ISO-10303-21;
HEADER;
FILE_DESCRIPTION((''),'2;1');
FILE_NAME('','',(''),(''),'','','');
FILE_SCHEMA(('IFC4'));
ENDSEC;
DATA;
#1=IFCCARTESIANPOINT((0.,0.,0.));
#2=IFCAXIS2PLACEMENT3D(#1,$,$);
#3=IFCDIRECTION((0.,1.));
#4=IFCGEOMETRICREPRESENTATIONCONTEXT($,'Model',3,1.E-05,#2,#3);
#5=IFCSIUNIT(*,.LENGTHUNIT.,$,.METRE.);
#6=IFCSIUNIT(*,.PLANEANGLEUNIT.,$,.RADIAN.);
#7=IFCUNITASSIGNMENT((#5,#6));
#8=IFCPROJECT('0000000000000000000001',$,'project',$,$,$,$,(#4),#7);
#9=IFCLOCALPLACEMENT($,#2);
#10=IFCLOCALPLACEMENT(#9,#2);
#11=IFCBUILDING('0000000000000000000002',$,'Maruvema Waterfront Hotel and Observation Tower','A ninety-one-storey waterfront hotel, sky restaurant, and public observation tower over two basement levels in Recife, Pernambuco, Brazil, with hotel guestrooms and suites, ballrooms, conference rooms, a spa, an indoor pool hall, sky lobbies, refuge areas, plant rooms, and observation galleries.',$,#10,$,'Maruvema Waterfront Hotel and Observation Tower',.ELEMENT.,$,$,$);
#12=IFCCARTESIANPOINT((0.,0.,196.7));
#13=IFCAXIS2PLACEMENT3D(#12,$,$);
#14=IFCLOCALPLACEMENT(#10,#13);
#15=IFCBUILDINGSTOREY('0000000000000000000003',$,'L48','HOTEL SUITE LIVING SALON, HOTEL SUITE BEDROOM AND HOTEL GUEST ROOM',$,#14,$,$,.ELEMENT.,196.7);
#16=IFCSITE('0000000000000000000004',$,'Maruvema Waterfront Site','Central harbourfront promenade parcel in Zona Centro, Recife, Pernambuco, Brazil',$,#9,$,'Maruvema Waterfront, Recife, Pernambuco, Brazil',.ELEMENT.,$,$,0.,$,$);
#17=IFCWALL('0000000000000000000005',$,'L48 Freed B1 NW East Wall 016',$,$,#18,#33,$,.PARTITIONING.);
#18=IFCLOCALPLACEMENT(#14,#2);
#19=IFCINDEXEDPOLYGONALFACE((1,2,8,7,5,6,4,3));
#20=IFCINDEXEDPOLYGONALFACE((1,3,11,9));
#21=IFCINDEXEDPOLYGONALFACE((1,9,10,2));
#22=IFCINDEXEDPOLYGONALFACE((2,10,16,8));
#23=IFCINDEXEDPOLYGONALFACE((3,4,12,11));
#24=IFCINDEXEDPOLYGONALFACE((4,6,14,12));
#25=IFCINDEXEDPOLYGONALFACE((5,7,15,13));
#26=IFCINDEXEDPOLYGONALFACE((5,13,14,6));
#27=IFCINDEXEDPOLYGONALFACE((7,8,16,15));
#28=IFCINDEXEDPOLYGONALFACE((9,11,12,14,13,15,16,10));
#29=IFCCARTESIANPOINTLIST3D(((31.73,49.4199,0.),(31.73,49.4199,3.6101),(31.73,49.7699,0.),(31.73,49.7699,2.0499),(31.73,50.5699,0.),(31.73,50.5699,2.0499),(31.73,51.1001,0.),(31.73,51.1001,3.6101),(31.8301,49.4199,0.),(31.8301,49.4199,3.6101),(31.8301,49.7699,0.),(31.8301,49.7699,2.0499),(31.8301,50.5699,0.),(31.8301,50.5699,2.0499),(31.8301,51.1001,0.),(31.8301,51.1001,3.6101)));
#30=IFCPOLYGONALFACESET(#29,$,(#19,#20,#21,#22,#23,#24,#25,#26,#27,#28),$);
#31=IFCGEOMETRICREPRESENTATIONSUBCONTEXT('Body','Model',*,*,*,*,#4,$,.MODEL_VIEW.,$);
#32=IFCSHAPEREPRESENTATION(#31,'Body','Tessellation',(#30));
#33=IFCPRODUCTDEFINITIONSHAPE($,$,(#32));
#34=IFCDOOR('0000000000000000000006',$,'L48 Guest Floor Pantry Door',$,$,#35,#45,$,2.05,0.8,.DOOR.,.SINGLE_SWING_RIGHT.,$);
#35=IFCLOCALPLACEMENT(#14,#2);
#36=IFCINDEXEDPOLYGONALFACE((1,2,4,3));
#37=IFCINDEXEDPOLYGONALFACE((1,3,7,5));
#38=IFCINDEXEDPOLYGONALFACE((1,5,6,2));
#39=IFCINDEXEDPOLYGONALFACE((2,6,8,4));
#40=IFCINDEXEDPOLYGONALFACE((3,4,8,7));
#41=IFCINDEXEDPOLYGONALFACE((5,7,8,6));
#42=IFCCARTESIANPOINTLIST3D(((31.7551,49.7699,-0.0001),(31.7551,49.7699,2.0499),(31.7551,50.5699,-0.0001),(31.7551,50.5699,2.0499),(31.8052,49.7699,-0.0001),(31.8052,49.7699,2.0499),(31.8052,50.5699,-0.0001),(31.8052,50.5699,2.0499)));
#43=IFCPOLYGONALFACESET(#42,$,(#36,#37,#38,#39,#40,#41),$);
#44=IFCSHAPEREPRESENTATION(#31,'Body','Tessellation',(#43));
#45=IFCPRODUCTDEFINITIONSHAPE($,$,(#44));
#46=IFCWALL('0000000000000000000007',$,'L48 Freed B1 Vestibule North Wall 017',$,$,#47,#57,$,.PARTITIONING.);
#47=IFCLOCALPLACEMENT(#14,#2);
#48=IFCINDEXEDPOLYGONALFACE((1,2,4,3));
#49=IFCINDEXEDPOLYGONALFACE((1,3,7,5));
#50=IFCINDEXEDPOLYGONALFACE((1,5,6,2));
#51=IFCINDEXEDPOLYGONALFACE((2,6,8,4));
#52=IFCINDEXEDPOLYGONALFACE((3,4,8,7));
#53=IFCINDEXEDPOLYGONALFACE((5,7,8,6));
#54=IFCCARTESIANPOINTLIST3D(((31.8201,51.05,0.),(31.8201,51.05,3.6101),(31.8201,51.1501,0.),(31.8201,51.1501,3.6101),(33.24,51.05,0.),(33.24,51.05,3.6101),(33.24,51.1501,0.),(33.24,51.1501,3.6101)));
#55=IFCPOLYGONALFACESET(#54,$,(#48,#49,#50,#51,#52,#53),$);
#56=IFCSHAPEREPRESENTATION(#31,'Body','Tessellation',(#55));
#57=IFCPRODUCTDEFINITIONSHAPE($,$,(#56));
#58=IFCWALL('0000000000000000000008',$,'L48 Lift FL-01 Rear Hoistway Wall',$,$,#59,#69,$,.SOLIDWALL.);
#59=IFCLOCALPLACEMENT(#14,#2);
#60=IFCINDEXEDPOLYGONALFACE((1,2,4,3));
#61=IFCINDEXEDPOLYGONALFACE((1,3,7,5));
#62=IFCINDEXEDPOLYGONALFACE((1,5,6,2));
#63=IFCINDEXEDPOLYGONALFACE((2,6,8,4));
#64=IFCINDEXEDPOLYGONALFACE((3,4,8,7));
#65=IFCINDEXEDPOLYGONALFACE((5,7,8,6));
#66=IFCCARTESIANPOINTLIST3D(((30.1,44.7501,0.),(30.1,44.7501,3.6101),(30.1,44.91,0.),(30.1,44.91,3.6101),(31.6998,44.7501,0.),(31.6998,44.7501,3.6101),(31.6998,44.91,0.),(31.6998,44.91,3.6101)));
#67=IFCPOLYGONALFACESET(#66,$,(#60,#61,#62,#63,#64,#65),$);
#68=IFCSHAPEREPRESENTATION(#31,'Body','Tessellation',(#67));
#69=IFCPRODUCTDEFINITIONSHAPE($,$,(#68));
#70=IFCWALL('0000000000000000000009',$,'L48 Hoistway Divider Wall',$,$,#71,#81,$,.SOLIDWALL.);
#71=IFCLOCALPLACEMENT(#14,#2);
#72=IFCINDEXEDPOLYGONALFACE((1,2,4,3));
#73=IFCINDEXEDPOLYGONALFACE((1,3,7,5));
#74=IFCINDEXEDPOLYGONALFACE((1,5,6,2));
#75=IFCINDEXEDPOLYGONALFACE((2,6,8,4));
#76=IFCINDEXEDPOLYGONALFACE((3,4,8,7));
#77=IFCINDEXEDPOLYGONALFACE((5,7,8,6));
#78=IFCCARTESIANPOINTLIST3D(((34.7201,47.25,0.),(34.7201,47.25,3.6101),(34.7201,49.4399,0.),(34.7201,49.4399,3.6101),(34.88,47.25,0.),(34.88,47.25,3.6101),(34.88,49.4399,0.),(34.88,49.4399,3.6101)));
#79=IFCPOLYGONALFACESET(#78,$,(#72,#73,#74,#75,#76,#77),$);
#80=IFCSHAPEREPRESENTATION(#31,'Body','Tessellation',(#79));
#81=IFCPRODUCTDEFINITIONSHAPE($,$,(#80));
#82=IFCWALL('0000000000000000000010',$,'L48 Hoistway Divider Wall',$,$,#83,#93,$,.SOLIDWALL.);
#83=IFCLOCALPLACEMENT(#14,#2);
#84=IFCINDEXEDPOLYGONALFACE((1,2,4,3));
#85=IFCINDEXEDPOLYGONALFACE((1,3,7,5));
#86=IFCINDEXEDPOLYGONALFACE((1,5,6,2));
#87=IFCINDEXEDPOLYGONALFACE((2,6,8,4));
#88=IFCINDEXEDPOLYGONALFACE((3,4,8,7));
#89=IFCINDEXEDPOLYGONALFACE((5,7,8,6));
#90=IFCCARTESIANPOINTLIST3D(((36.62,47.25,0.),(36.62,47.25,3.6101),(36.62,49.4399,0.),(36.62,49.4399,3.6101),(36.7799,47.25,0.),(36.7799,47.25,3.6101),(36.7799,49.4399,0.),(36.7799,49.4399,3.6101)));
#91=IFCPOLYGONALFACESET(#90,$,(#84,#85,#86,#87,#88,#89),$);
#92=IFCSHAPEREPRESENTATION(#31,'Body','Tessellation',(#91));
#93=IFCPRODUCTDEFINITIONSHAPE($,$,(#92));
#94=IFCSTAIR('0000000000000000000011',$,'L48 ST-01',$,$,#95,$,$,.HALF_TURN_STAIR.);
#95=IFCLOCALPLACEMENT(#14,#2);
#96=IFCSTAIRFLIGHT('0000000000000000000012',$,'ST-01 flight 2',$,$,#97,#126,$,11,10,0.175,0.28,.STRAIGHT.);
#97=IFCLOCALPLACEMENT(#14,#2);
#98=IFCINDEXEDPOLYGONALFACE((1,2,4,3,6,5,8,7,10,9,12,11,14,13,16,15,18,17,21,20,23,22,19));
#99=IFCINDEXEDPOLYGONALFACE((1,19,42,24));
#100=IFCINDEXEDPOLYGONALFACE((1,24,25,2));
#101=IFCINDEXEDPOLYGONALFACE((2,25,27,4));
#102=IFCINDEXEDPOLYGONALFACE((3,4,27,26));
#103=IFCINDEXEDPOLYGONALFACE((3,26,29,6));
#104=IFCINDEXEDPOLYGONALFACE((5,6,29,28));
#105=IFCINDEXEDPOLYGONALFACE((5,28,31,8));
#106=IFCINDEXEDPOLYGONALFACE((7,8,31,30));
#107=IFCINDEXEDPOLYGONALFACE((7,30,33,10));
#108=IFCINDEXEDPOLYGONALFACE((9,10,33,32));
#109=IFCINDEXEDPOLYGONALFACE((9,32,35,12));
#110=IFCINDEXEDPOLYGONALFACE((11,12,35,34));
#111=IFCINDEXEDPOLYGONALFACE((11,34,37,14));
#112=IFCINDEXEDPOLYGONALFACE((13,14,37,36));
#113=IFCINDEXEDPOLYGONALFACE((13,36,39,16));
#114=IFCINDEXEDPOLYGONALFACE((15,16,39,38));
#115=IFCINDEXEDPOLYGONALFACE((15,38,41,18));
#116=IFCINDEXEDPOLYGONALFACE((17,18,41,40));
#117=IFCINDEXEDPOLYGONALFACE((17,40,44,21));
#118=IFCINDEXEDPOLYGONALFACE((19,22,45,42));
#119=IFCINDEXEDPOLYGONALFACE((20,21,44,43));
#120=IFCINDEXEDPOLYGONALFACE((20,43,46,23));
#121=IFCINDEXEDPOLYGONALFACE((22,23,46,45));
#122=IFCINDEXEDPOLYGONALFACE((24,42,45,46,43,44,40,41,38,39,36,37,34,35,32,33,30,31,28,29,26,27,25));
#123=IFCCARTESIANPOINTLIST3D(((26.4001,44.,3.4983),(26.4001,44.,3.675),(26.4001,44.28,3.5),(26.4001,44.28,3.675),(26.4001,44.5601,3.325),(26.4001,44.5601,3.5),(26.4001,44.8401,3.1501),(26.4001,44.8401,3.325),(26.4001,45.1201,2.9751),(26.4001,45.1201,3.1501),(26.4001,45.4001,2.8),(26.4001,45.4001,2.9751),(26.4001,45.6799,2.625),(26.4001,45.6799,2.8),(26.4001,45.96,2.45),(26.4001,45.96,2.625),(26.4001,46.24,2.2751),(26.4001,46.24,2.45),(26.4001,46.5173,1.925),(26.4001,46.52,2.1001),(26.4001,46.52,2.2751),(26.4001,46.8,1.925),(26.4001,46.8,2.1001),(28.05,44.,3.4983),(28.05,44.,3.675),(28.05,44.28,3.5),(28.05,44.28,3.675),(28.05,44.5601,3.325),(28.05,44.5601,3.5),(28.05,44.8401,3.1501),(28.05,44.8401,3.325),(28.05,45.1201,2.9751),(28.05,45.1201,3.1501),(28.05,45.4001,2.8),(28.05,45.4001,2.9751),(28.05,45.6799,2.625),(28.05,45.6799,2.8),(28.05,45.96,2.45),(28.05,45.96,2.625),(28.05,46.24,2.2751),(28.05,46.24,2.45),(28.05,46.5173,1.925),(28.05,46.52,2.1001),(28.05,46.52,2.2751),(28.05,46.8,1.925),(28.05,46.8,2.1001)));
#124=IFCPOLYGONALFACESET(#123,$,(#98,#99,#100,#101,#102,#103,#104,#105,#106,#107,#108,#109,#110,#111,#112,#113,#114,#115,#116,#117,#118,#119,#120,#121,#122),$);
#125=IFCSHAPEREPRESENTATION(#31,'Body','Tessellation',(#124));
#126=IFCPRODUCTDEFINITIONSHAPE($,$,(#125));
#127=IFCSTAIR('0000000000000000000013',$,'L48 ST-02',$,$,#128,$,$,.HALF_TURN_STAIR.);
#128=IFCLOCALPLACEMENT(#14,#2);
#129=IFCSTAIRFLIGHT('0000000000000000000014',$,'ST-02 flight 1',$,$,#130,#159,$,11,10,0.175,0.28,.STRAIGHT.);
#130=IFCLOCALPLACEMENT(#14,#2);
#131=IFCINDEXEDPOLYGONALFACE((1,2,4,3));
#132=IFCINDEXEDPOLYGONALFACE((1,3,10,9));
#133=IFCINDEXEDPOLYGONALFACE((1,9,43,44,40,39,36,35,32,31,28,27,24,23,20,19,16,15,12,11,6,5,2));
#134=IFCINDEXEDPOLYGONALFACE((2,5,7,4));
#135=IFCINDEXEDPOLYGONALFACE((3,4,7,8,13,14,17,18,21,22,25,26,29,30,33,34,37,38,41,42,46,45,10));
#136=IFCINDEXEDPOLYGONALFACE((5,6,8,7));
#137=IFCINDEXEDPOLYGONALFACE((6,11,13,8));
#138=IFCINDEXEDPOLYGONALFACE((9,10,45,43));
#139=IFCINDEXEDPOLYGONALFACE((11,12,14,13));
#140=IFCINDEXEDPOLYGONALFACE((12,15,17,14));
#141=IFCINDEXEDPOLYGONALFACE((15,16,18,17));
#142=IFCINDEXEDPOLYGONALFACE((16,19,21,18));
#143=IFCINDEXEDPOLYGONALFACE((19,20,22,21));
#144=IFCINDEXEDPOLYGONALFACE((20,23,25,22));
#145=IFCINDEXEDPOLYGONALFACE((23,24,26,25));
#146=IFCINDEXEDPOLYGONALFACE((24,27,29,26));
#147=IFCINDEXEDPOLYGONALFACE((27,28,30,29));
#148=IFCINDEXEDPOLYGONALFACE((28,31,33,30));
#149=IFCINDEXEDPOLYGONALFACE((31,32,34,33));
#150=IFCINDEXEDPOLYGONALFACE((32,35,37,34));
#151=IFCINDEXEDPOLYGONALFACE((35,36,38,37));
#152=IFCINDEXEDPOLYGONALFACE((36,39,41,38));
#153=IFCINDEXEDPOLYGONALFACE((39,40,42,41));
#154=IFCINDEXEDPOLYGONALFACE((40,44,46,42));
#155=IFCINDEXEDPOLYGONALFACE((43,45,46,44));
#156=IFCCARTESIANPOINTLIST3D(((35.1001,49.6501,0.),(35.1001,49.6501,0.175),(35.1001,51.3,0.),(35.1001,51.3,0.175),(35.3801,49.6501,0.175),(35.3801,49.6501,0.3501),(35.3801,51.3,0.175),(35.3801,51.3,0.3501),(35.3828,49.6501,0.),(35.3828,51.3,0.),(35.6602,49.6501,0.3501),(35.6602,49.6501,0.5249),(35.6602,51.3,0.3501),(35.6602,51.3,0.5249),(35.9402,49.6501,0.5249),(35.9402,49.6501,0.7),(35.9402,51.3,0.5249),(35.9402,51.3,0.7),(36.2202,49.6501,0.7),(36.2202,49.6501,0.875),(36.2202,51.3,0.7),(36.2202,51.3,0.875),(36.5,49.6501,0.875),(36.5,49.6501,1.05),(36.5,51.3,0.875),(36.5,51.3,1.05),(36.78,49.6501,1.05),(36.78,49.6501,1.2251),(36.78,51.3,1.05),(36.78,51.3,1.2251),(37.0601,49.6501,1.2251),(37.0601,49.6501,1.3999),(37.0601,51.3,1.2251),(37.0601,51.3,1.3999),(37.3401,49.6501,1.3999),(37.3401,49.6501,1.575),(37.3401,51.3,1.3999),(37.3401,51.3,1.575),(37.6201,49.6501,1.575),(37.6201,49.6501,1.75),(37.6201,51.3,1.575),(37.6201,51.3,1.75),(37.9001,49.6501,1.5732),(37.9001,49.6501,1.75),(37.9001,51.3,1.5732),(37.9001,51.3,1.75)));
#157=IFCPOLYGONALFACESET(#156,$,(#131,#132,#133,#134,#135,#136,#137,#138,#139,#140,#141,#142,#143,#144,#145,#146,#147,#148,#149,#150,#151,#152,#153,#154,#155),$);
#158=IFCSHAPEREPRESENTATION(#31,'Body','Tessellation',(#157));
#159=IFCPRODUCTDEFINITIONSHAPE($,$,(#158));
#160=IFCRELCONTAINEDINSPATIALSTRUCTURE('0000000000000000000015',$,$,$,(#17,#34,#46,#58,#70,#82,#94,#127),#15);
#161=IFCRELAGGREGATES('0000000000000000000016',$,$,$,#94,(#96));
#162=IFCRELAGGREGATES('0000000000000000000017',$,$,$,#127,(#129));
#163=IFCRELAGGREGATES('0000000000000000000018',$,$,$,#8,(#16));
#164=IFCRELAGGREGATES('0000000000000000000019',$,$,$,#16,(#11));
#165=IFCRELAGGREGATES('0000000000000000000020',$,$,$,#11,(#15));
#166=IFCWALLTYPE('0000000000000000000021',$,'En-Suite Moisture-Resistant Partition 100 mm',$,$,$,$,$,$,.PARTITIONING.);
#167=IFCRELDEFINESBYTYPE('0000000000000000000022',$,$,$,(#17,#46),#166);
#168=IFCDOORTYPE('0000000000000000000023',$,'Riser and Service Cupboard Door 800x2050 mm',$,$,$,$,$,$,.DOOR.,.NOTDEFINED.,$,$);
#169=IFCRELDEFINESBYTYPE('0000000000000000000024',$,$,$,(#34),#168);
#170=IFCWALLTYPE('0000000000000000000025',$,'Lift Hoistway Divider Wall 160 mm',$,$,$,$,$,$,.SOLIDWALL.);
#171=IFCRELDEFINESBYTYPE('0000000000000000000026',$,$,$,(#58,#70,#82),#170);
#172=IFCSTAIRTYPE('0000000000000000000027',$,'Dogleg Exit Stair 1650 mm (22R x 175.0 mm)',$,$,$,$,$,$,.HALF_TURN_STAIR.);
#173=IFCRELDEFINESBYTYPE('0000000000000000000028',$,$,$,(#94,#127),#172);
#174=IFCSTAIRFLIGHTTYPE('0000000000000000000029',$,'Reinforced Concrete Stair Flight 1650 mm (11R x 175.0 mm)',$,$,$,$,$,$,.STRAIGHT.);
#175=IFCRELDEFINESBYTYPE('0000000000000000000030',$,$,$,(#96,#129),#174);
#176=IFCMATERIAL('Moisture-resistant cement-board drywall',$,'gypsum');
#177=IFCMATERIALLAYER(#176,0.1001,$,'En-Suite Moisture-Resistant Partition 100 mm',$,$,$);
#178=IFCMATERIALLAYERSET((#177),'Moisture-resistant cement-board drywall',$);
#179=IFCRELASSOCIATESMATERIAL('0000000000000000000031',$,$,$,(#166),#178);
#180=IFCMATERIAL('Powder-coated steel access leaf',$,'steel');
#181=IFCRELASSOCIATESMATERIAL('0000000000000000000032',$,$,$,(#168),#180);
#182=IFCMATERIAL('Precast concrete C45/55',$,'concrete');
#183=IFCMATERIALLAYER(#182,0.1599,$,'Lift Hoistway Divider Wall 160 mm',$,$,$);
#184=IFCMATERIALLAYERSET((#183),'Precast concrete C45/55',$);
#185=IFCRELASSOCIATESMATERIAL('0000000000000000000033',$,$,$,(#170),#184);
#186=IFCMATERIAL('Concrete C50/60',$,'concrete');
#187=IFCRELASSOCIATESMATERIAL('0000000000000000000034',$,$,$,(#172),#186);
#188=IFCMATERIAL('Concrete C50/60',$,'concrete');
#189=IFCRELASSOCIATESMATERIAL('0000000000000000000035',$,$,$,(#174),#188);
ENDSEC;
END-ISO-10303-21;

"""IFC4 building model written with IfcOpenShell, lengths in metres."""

from ifc_helpers import new_model, si_unit, direction, frame, frame_2d, origin, place, context, subcontext, project, spatial, polyline, rectangle, outline, extrude, material, layer, layer_set, type_object, element, fill, aggregate, save


model = new_model("IFC4")

# Units and contexts
model_context = context("Model", 3, precision=1e-05, world=origin(), true_north=direction((0.0, 1.0)))
body_context = subcontext(model_context, "Body", "Model", "MODEL_VIEW")
ifc_project = project(units=[si_unit("LENGTHUNIT", "METRE"), si_unit("PLANEANGLEUNIT", "RADIAN")], contexts=[model_context])

# Site, building, storey
site_placement = place(None, origin())
site = spatial("IfcSite", under=ifc_project, at=site_placement, Name="Maruvema Waterfront Site", Description="Central harbourfront promenade parcel in Zona Centro, Recife, Pernambuco, Brazil", LongName="Maruvema Waterfront, Recife, Pernambuco, Brazil", CompositionType="ELEMENT", RefElevation=0.0)
building_placement = place(site_placement, origin())
building = spatial("IfcBuilding", under=site, at=building_placement, Name="Maruvema Waterfront Hotel and Observation Tower", Description="A ninety-one-storey waterfront hotel, sky restaurant, and public observation tower over two basement levels in Recife, Pernambuco, Brazil, with hotel guestrooms and suites, ballrooms, conference rooms, a spa, an indoor pool hall, sky lobbies, refuge areas, plant rooms, and observation galleries.", LongName="Maruvema Waterfront Hotel and Observation Tower", CompositionType="ELEMENT")
storey_placement = place(building_placement, frame((0.0, 0.0, 196.7)))
storey = spatial("IfcBuildingStorey", under=building, at=storey_placement, Name="L48", Description="HOTEL SUITE LIVING SALON, HOTEL SUITE BEDROOM AND HOTEL GUEST ROOM", CompositionType="ELEMENT", Elevation=196.7)

# Shared definitions
ifc_material_1 = material(Name="Moisture-resistant cement-board drywall", Category="gypsum")
ifc_layer_1 = layer(ifc_material_1, 0.1001, Name="En-Suite Moisture-Resistant Partition 100 mm")
ifc_layer_set_1 = layer_set([ifc_layer_1], Name="Moisture-resistant cement-board drywall")
wall_type_1 = type_object("IfcWallType", Name="En-Suite Moisture-Resistant Partition 100 mm", PredefinedType="PARTITIONING", material=ifc_layer_set_1)

# Shared definitions
ifc_material_2 = material(Name="Powder-coated steel access leaf", Category="steel")
door_type_1 = type_object("IfcDoorType", Name="Riser and Service Cupboard Door 800x2050 mm", OperationType="NOTDEFINED", PredefinedType="DOOR", material=ifc_material_2)

# Wall, opening, door
wall_1_placement = place(storey_placement, frame((31.78, 49.4199, 0.0), z_axis=(0.0, 0.0, 1.0), x_axis=(0.0, 1.0, 0.0)))
wall_1 = element("IfcWall", 1, at=wall_1_placement, inside=storey, type_object=wall_type_1, Name="L48 Freed B1 NW East Wall 016", PredefinedType="PARTITIONING", context=body_context, shape_type="SweptSolid", body=[
    extrude(rectangle(XDim=1.6802, YDim=0.1001, at=frame_2d((0.8401, 0.0))), origin(), (0.0, 0.0, 1.0), 3.6101),
])
opening_1_placement = place(wall_1_placement, frame((0.3501, 0.0, 0.0)))
opening_1 = element("IfcOpeningElement", 2, at=opening_1_placement, cuts=wall_1, PredefinedType="OPENING", context=body_context, shape_type="SweptSolid", body=[
    extrude(rectangle(XDim=0.8, YDim=2.05, at=frame_2d((0.3999, 1.0249))), frame((0.0, 0.0601, 0.0), z_axis=(0.0, -1.0, 0.0), x_axis=(1.0, 0.0, 0.0)), (0.0, 0.0, 1.0), 0.1201),
])
door_1_placement = place(opening_1_placement, origin())
door_1 = element("IfcDoor", 3, at=door_1_placement, inside=storey, type_object=door_type_1, Name="L48 Guest Floor Pantry Door", OperationType="SINGLE_SWING_RIGHT", OverallHeight=2.05, OverallWidth=0.8, PredefinedType="DOOR", context=body_context, shape_type="SweptSolid", body=[
    extrude(rectangle(XDim=0.8, YDim=2.05, at=frame_2d((0.3999, 1.0249))), frame((0.0, 0.0249, 0.0), z_axis=(0.0, -1.0, 0.0), x_axis=(1.0, 0.0, 0.0)), (0.0, 0.0, 1.0), 0.05),
])
fill(opening_1, door_1)

# Walls
wall_2_placement = place(storey_placement, frame((31.8201, 51.1001, 0.0), z_axis=(0.0, 0.0, 1.0), x_axis=(1.0, 0.0, 0.0)))
element("IfcWall", 4, at=wall_2_placement, inside=storey, type_object=wall_type_1, Name="L48 Freed B1 Vestibule North Wall 017", PredefinedType="PARTITIONING", context=body_context, shape_type="SweptSolid", body=[
    extrude(rectangle(XDim=1.4199, YDim=0.1001, at=frame_2d((0.71, 0.0))), origin(), (0.0, 0.0, 1.0), 3.6101),
])
ifc_material_3 = material(Name="Precast concrete C45/55", Category="concrete")
ifc_layer_2 = layer(ifc_material_3, 0.1599, Name="Lift Hoistway Divider Wall 160 mm")
ifc_layer_set_2 = layer_set([ifc_layer_2], Name="Precast concrete C45/55")
wall_type_2 = type_object("IfcWallType", Name="Lift Hoistway Divider Wall 160 mm", PredefinedType="SOLIDWALL", material=ifc_layer_set_2)
wall_3_placement = place(storey_placement, frame((30.1001, 44.8301, 0.0), z_axis=(0.0, 0.0, 1.0), x_axis=(1.0, 0.0, 0.0)))
element("IfcWall", 5, at=wall_3_placement, inside=storey, type_object=wall_type_2, Name="L48 Lift FL-01 Rear Hoistway Wall", PredefinedType="SOLIDWALL", context=body_context, shape_type="SweptSolid", body=[
    extrude(rectangle(XDim=1.5999, YDim=0.1599, at=frame_2d((0.7998, 0.0))), origin(), (0.0, 0.0, 1.0), 3.6101),
])
for number, where, z_axis, x_axis, name in (
    (6, (34.8, 47.25, 0.0), (0.0, 0.0, 1.0), (0.0, 1.0, 0.0), "L48 Hoistway Divider Wall"),
    (7, (36.7, 47.25, 0.0), (0.0, 0.0, 1.0), (0.0, 1.0, 0.0), "L48 Hoistway Divider Wall"),
):
    element("IfcWall", number, at=place(storey_placement, frame(where, z_axis=z_axis, x_axis=x_axis)), inside=storey, type_object=wall_type_2, Name=name, PredefinedType="SOLIDWALL", context=body_context, shape_type="SweptSolid", body=[
        extrude(rectangle(XDim=2.1899, YDim=0.1599, at=frame_2d((1.095, 0.0))), origin(), (0.0, 0.0, 1.0), 3.6101),
    ])

# Stairs, stair flights
ifc_material_4 = material(Name="Concrete C50/60", Category="concrete")
stair_type = type_object("IfcStairType", Name="Dogleg Exit Stair 1650 mm (22R x 175.0 mm)", PredefinedType="HALF_TURN_STAIR", material=ifc_material_4)
stair_1_placement = place(storey_placement, origin())
stair_1 = element("IfcStair", 8, at=stair_1_placement, inside=storey, type_object=stair_type, Name="L48 ST-01", PredefinedType="HALF_TURN_STAIR")
ifc_material_5 = material(Name="Concrete C50/60", Category="concrete")
stair_flight_type = type_object("IfcStairFlightType", Name="Reinforced Concrete Stair Flight 1650 mm (11R x 175.0 mm)", PredefinedType="STRAIGHT", material=ifc_material_5)
stair_flight_1_placement = place(storey_placement, frame((27.2251, 46.8, 1.925), z_axis=(0.0, 0.0, 1.0), x_axis=(0.0, -1.0, 0.0)))
stair_flight_1 = element("IfcStairFlight", 9, at=stair_flight_1_placement, type_object=stair_flight_type, Name="ST-01 flight 2", NumberOfRisers=11, NumberOfTreads=10, PredefinedType="STRAIGHT", RiserHeight=0.175, TreadLength=0.28, context=body_context, shape_type="SweptSolid", body=[
    extrude(outline(polyline([(0.0, 0.0), (0.0, 0.175), (0.28, 0.175), (0.28, 0.3501), (0.5601, 0.3501), (0.5601, 0.5249), (0.8401, 0.5249), (0.8401, 0.7), (1.1201, 0.7), (1.1201, 0.875), (1.3999, 0.875), (1.3999, 1.05), (1.6799, 1.05), (1.6799, 1.2251), (1.96, 1.2251), (1.96, 1.3999), (2.24, 1.3999), (2.24, 1.575), (2.52, 1.575), (2.52, 1.75), (2.8, 1.75), (2.8, 1.925), (2.8, 1.5732), (0.2827, 0.0), (0.0, 0.0)])), frame((0.0, 0.825, 0.0), z_axis=(0.0, -1.0, 0.0), x_axis=(1.0, 0.0, 0.0)), (0.0, 0.0, 1.0), 1.6499),
])
aggregate(stair_1, [stair_flight_1])
stair_2_placement = place(storey_placement, origin())
stair_2 = element("IfcStair", 10, at=stair_2_placement, inside=storey, type_object=stair_type, Name="L48 ST-02", PredefinedType="HALF_TURN_STAIR")
stair_flight_2_placement = place(storey_placement, frame((35.1001, 50.4751, 0.0), z_axis=(0.0, 0.0, 1.0), x_axis=(1.0, 0.0, 0.0)))
stair_flight_2 = element("IfcStairFlight", 11, at=stair_flight_2_placement, type_object=stair_flight_type, Name="ST-02 flight 1", NumberOfRisers=11, NumberOfTreads=10, PredefinedType="STRAIGHT", RiserHeight=0.175, TreadLength=0.28, context=body_context, shape_type="SweptSolid", body=[
    extrude(outline(polyline([(0.0, 0.0), (0.0, 0.175), (0.28, 0.175), (0.28, 0.3501), (0.5601, 0.3501), (0.5601, 0.5249), (0.8401, 0.5249), (0.8401, 0.7), (1.1201, 0.7), (1.1201, 0.875), (1.3999, 0.875), (1.3999, 1.05), (1.6799, 1.05), (1.6799, 1.2251), (1.96, 1.2251), (1.96, 1.3999), (2.24, 1.3999), (2.24, 1.575), (2.52, 1.575), (2.52, 1.75), (2.8, 1.75), (2.8, 1.925), (2.8, 1.5732), (0.2827, 0.0), (0.0, 0.0)])), frame((0.0, 0.825, 0.0), z_axis=(0.0, -1.0, 0.0), x_axis=(1.0, 0.0, 0.0)), (0.0, 0.0, 1.0), 1.6499),
])
aggregate(stair_2, [stair_flight_2])

save(model, "model.ifc")
